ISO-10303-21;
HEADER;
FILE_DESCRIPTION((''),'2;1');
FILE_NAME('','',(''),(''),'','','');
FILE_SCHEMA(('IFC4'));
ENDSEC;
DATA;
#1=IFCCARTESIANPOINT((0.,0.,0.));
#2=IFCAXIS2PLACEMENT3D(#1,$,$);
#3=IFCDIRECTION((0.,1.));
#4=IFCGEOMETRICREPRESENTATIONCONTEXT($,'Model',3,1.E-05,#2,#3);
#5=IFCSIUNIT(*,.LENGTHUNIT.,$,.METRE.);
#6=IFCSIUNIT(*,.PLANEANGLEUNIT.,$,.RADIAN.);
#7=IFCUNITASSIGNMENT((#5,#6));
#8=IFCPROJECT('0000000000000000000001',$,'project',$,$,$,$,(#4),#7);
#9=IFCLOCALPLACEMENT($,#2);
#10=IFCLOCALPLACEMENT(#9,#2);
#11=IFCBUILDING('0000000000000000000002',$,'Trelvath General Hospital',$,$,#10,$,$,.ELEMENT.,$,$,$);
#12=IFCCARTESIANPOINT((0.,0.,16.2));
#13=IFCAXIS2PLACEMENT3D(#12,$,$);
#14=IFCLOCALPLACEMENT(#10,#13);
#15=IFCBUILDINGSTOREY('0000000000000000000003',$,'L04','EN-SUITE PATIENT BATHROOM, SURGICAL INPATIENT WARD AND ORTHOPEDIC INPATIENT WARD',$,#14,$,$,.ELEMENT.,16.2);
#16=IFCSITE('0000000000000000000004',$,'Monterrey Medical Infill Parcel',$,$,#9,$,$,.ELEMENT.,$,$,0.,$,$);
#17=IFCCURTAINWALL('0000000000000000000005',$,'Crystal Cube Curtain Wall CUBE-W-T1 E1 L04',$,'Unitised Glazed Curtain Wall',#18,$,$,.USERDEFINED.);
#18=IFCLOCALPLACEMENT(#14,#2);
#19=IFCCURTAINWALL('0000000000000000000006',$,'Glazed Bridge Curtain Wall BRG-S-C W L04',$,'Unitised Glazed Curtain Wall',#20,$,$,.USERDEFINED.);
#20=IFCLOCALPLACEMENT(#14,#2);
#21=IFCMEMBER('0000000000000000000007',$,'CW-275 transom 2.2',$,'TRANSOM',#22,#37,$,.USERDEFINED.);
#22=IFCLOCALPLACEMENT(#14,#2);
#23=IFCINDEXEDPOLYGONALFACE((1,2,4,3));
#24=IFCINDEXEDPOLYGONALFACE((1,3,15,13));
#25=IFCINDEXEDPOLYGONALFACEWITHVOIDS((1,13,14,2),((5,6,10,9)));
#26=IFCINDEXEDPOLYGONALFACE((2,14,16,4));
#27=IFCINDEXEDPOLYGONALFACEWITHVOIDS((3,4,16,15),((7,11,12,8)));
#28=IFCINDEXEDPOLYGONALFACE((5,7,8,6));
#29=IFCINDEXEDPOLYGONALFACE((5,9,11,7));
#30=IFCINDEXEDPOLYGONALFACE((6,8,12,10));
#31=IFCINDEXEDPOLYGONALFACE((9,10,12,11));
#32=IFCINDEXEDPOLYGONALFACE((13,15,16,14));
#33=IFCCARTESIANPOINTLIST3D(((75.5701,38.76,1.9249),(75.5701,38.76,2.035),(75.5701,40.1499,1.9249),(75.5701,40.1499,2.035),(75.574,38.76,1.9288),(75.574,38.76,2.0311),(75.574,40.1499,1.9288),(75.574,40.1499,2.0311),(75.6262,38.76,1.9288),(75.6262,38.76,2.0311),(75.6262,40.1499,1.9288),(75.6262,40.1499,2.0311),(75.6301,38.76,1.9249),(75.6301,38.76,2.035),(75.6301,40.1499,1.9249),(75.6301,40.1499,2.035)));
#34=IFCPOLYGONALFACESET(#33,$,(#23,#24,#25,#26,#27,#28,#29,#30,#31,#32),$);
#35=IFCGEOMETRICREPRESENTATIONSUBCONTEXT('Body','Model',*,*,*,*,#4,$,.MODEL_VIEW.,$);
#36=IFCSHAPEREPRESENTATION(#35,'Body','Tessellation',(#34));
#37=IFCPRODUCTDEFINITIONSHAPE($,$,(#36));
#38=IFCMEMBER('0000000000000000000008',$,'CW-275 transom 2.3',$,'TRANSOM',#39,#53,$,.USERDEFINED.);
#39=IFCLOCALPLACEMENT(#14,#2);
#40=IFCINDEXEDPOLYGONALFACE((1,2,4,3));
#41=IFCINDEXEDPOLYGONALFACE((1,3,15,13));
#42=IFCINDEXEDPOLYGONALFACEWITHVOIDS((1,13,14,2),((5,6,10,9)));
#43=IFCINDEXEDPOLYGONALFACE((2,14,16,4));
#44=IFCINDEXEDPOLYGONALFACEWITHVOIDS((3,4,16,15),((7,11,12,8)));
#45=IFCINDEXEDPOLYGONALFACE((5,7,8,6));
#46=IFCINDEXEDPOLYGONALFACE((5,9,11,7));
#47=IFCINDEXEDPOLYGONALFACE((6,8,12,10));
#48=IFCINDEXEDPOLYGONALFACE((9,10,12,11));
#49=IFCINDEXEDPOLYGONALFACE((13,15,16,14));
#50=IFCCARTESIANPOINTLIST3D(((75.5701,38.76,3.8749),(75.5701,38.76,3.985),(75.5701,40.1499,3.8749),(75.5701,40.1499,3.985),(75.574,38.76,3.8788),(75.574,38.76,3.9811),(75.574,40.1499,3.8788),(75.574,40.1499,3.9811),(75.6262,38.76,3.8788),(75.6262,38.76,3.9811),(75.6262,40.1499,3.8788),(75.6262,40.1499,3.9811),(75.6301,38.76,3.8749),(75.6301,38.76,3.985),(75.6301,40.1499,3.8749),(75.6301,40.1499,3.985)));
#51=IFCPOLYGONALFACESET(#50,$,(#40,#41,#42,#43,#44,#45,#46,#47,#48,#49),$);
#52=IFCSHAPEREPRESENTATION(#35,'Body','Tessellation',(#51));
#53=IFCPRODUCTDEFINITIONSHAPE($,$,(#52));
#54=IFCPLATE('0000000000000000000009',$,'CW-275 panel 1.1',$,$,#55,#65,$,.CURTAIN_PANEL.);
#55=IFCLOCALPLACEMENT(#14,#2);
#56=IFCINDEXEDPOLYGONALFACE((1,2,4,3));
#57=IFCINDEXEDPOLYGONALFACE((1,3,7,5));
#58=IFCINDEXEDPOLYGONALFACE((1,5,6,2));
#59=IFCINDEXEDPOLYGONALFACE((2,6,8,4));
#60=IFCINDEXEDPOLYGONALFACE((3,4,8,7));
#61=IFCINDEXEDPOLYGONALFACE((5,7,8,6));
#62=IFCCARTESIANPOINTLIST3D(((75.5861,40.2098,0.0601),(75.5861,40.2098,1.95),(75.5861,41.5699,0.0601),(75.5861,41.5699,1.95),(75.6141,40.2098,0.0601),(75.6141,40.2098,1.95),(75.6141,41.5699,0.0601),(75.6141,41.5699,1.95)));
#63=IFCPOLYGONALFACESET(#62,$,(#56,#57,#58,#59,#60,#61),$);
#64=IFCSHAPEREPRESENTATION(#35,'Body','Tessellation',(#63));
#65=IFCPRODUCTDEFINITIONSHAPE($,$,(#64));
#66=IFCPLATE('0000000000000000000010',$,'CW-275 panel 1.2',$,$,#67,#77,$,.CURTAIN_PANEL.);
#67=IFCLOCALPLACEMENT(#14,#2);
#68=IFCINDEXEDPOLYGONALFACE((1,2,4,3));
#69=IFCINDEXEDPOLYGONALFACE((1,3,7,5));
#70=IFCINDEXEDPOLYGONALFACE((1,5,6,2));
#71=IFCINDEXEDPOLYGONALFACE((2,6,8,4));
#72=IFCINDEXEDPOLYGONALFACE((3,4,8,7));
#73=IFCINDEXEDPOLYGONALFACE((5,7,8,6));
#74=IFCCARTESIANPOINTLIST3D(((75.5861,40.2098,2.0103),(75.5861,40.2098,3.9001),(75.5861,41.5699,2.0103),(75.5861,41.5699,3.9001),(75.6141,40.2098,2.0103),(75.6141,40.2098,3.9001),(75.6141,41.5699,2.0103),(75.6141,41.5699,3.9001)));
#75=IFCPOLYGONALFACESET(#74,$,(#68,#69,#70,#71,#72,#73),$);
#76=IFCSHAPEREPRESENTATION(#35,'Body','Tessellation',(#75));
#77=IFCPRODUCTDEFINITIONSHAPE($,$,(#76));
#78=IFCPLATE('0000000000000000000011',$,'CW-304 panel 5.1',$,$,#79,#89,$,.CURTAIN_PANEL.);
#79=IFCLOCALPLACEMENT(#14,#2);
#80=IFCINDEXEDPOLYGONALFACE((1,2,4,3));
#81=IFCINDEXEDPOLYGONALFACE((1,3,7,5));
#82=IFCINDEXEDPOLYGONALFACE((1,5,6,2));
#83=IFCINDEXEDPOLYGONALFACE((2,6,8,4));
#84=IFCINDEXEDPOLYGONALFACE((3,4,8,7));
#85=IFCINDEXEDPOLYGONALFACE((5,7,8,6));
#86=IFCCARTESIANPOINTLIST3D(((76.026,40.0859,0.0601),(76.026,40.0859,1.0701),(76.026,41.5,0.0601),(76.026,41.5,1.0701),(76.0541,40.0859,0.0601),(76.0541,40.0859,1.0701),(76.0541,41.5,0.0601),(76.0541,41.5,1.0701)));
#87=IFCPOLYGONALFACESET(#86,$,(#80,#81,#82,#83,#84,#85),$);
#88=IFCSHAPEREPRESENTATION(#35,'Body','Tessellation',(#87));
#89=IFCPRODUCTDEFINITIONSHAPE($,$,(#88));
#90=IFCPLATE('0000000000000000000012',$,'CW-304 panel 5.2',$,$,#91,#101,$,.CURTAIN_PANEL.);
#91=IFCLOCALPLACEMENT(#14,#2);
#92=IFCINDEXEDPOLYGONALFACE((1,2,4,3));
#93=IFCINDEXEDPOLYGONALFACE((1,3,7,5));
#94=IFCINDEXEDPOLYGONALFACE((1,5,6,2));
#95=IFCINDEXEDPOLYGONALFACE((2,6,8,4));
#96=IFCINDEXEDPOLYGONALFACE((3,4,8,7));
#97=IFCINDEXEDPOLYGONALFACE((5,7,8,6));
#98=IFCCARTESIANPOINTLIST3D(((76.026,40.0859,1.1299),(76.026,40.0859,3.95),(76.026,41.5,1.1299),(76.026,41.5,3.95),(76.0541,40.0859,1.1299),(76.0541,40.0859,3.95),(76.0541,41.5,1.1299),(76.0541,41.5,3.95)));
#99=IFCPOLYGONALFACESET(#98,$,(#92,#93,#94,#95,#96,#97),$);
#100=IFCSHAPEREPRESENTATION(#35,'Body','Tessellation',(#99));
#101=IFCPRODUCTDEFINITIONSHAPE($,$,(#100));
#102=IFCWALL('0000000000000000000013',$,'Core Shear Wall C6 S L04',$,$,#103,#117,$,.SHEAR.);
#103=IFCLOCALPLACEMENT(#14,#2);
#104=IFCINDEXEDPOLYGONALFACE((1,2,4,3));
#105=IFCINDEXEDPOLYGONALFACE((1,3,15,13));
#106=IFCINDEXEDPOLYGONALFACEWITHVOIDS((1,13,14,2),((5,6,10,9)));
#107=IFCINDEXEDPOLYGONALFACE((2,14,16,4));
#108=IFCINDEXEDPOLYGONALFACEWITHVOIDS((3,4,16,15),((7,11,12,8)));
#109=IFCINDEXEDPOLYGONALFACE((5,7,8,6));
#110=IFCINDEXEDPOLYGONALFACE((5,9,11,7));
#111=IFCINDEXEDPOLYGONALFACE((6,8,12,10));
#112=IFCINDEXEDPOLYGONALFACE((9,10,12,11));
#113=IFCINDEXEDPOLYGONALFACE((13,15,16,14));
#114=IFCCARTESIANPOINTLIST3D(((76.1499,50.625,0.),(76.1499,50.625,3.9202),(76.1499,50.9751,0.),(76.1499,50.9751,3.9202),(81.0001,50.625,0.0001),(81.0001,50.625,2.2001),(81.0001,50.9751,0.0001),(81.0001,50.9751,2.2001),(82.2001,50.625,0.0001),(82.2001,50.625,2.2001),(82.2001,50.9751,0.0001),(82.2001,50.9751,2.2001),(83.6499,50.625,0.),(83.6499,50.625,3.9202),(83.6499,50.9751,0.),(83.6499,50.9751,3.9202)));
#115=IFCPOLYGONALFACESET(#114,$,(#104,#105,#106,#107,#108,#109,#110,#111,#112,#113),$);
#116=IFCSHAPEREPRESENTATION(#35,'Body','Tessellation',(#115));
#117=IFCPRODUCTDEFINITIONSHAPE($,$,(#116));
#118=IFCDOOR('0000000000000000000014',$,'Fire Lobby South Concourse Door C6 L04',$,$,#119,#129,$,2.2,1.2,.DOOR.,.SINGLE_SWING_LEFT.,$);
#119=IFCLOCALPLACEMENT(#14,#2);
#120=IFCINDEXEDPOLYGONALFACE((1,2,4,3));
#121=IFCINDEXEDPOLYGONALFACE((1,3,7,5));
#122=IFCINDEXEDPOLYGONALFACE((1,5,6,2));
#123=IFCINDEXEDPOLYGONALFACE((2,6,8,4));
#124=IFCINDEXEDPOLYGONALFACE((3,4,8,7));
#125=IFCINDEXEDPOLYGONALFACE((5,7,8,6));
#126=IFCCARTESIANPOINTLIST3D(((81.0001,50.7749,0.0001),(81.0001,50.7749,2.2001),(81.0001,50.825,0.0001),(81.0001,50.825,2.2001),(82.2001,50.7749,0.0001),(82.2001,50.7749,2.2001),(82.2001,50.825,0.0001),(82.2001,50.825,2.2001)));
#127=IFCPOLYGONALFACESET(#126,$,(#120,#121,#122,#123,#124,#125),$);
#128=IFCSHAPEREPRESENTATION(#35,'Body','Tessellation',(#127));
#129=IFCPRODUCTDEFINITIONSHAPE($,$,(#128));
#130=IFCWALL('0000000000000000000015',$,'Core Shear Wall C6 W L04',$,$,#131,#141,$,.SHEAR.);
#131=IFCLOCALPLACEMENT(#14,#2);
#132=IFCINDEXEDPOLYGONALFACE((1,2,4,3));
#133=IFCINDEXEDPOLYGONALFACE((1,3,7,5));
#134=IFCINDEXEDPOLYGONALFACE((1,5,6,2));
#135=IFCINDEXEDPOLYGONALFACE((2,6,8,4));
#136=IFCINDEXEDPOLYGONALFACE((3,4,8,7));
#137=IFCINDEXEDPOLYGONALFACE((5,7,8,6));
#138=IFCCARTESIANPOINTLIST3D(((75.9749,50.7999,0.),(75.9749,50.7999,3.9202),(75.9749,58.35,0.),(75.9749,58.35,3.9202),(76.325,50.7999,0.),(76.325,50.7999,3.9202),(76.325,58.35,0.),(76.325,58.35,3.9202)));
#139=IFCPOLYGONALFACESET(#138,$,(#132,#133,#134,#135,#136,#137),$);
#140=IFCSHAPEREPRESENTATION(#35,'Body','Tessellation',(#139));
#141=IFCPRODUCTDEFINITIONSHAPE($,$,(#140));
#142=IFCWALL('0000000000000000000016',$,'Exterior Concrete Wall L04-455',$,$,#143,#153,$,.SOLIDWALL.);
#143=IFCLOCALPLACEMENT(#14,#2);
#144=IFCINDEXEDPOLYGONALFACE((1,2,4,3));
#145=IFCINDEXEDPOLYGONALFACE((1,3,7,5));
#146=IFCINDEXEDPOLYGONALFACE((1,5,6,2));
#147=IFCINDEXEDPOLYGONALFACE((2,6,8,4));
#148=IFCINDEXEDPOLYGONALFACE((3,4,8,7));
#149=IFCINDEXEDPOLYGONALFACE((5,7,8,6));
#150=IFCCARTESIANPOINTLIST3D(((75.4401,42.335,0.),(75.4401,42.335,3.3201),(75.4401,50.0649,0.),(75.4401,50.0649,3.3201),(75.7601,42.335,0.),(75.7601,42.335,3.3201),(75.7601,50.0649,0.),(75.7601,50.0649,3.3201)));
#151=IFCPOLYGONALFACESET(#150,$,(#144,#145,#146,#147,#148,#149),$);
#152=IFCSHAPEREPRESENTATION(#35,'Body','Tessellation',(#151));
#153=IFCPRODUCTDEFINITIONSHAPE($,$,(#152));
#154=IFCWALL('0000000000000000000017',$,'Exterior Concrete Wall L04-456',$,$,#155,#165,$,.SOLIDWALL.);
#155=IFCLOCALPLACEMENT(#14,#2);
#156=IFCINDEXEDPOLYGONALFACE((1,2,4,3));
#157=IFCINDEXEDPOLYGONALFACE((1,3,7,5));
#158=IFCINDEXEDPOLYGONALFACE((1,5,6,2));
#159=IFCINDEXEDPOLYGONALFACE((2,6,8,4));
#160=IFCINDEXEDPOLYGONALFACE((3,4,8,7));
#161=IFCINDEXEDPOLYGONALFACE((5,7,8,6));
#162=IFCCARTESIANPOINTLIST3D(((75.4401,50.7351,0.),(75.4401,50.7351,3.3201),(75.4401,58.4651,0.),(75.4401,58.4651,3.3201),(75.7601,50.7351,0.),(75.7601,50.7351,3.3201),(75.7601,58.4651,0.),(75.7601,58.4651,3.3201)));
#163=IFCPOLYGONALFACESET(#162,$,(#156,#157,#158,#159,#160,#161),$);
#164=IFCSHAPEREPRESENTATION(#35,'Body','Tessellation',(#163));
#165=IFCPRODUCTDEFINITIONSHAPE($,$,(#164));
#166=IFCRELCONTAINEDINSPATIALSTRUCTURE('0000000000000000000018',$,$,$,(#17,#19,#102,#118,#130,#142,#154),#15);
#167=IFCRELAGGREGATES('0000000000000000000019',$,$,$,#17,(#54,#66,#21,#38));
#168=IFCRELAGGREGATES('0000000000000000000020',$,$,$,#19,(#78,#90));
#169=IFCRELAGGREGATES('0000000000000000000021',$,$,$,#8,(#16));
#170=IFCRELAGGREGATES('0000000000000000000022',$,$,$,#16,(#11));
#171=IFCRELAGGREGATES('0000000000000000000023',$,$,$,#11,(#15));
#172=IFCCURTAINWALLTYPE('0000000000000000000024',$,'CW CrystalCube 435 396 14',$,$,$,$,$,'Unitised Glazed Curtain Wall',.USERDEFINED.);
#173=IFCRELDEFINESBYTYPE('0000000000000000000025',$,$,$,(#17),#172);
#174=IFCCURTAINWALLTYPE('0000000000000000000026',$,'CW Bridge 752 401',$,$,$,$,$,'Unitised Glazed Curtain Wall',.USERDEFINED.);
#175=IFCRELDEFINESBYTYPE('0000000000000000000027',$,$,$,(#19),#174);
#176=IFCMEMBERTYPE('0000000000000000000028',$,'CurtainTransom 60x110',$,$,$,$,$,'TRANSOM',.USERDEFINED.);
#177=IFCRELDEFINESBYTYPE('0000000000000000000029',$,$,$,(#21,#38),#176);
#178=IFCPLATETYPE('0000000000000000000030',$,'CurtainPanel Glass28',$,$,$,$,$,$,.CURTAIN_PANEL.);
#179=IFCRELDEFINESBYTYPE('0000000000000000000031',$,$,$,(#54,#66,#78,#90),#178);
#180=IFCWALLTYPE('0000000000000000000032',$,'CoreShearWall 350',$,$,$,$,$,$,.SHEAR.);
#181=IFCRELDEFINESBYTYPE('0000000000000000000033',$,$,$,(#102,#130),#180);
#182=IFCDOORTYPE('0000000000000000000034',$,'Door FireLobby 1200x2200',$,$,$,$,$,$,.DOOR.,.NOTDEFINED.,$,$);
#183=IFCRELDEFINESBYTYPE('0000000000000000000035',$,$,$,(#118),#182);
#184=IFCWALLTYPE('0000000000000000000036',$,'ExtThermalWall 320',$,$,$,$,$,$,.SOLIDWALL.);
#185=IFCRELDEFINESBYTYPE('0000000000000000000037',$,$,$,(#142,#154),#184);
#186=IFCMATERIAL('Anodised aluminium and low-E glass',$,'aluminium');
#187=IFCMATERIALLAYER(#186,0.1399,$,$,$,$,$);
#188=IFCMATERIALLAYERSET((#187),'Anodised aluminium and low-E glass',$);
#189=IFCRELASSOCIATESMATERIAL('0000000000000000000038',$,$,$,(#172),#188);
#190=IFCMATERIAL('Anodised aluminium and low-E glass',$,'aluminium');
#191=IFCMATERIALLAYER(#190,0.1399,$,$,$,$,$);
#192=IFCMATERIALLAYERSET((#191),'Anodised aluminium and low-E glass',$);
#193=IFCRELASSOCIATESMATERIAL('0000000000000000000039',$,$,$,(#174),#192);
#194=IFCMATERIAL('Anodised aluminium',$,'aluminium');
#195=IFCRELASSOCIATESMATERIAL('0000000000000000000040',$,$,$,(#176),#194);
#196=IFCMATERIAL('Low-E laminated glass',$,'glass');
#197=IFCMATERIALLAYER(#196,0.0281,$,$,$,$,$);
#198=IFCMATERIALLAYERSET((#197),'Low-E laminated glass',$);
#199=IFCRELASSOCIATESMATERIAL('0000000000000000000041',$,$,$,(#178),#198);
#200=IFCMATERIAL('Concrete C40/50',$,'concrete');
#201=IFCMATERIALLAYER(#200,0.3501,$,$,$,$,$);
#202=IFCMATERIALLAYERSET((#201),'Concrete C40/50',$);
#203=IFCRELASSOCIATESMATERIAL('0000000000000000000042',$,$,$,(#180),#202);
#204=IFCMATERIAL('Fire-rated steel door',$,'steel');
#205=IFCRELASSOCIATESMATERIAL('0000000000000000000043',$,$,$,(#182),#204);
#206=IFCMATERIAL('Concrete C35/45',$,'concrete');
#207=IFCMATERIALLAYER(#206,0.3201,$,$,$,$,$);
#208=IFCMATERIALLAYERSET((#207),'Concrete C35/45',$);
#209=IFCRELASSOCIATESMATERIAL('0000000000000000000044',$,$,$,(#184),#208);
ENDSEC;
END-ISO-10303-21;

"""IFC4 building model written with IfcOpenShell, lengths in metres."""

from ifc_helpers import new_model, si_unit, direction, frame, frame_2d, origin, origin_2d, place, context, subcontext, project, spatial, rectangle, hollow_rectangle, extrude, material, layer, layer_set, material_profile, profile_set, type_object, element, fill, aggregate, save


model = new_model("IFC4")

# Units and contexts
model_context = context("Model", 3, precision=1e-05, world=origin(), true_north=direction((0.0, 1.0)))
body_context = subcontext(model_context, "Body", "Model", "MODEL_VIEW")
ifc_project = project(units=[si_unit("LENGTHUNIT", "METRE"), si_unit("PLANEANGLEUNIT", "RADIAN")], contexts=[model_context])

# Site, building, storey
site_placement = place(None, origin())
site = spatial("IfcSite", under=ifc_project, at=site_placement, Name="Monterrey Medical Infill Parcel", CompositionType="ELEMENT", RefElevation=0.0)
building_placement = place(site_placement, origin())
building = spatial("IfcBuilding", under=site, at=building_placement, Name="Trelvath General Hospital", CompositionType="ELEMENT")
storey_placement = place(building_placement, frame((0.0, 0.0, 16.2)))
storey = spatial("IfcBuildingStorey", under=building, at=storey_placement, Name="L04", Description="EN-SUITE PATIENT BATHROOM, SURGICAL INPATIENT WARD AND ORTHOPEDIC INPATIENT WARD", CompositionType="ELEMENT", Elevation=16.2)

# Curtain wall
ifc_material_1 = material(Name="Anodised aluminium and low-E glass", Category="aluminium")
ifc_layer_1 = layer(ifc_material_1, 0.1399)
ifc_layer_set_1 = layer_set([ifc_layer_1], Name="Anodised aluminium and low-E glass")
curtain_wall_type_1 = type_object("IfcCurtainWallType", Name="CW CrystalCube 435 396 14", ElementType="Unitised Glazed Curtain Wall", PredefinedType="USERDEFINED", material=ifc_layer_set_1)
curtain_wall_1_placement = place(storey_placement, origin())
curtain_wall_1 = element("IfcCurtainWall", 1, at=curtain_wall_1_placement, inside=storey, type_object=curtain_wall_type_1, Name="Crystal Cube Curtain Wall CUBE-W-T1 E1 L04", ObjectType="Unitised Glazed Curtain Wall", PredefinedType="USERDEFINED")

# Curtain wall
ifc_material_2 = material(Name="Anodised aluminium and low-E glass", Category="aluminium")
ifc_layer_2 = layer(ifc_material_2, 0.1399)
ifc_layer_set_2 = layer_set([ifc_layer_2], Name="Anodised aluminium and low-E glass")
curtain_wall_type_2 = type_object("IfcCurtainWallType", Name="CW Bridge 752 401", ElementType="Unitised Glazed Curtain Wall", PredefinedType="USERDEFINED", material=ifc_layer_set_2)
curtain_wall_2_placement = place(storey_placement, origin())
curtain_wall_2 = element("IfcCurtainWall", 2, at=curtain_wall_2_placement, inside=storey, type_object=curtain_wall_type_2, Name="Glazed Bridge Curtain Wall BRG-S-C W L04", ObjectType="Unitised Glazed Curtain Wall", PredefinedType="USERDEFINED")

# Members
ifc_material_3 = material(Name="Anodised aluminium", Category="aluminium")
ifc_material_profile_1 = material_profile(ifc_material_3, hollow_rectangle(XDim=0.0601, YDim=0.1101, WallThickness=0.0039, at=origin_2d()), Name="RHS60x110x4")
ifc_profile_set_1 = profile_set([ifc_material_profile_1], Name="Anodised aluminium")
member_type_1 = type_object("IfcMemberType", Name="CurtainTransom 60x110", ElementType="TRANSOM", PredefinedType="USERDEFINED", material=ifc_profile_set_1)
member_1_placement = place(storey_placement, frame((75.6001, 40.1499, 1.98), z_axis=(0.0, -1.0, 0.0), x_axis=(1.0, 0.0, 0.0)))
member_1 = element("IfcMember", 3, at=member_1_placement, type_object=member_type_1, Name="CW-275 transom 2.2", ObjectType="TRANSOM", PredefinedType="USERDEFINED", context=body_context, shape_type="SweptSolid", body=[
    extrude(hollow_rectangle(XDim=0.0601, YDim=0.1101, WallThickness=0.0039, at=origin_2d()), origin(), (0.0, 0.0, 1.0), 1.3899),
])
member_2_placement = place(storey_placement, frame((75.6001, 40.1499, 3.9299), z_axis=(0.0, -1.0, 0.0), x_axis=(1.0, 0.0, 0.0)))
member_2 = element("IfcMember", 4, at=member_2_placement, type_object=member_type_1, Name="CW-275 transom 2.3", ObjectType="TRANSOM", PredefinedType="USERDEFINED", context=body_context, shape_type="SweptSolid", body=[
    extrude(hollow_rectangle(XDim=0.0601, YDim=0.1101, WallThickness=0.0039, at=origin_2d()), origin(), (0.0, 0.0, 1.0), 1.3899),
])

# Plates
ifc_material_4 = material(Name="Low-E laminated glass", Category="glass")
ifc_layer_3 = layer(ifc_material_4, 0.0281)
ifc_layer_set_3 = layer_set([ifc_layer_3], Name="Low-E laminated glass")
plate_type = type_object("IfcPlateType", Name="CurtainPanel Glass28", PredefinedType="CURTAIN_PANEL", material=ifc_layer_set_3)
plate_1_placement = place(storey_placement, frame((75.6001, 40.8899, 0.0601), z_axis=(0.0, 0.0, 1.0), x_axis=(0.0, -1.0, 0.0)))
plate_1 = element("IfcPlate", 5, at=plate_1_placement, type_object=plate_type, Name="CW-275 panel 1.1", PredefinedType="CURTAIN_PANEL", context=body_context, shape_type="SweptSolid", body=[
    extrude(rectangle(XDim=1.3601, YDim=0.0281, at=origin_2d()), origin(), (0.0, 0.0, 1.0), 1.8899),
])
plate_2_placement = place(storey_placement, frame((75.6001, 40.8899, 2.0103), z_axis=(0.0, 0.0, 1.0), x_axis=(0.0, -1.0, 0.0)))
plate_2 = element("IfcPlate", 6, at=plate_2_placement, type_object=plate_type, Name="CW-275 panel 1.2", PredefinedType="CURTAIN_PANEL", context=body_context, shape_type="SweptSolid", body=[
    extrude(rectangle(XDim=1.3601, YDim=0.0281, at=origin_2d()), origin(), (0.0, 0.0, 1.0), 1.8899),
])
aggregate(curtain_wall_1, [plate_1, plate_2, member_1, member_2])
plate_3_placement = place(storey_placement, frame((76.04, 40.793, 0.0601), z_axis=(0.0, 0.0, 1.0), x_axis=(0.0, 1.0, 0.0)))
plate_3 = element("IfcPlate", 7, at=plate_3_placement, type_object=plate_type, Name="CW-304 panel 5.1", PredefinedType="CURTAIN_PANEL", context=body_context, shape_type="SweptSolid", body=[
    extrude(rectangle(XDim=1.4141, YDim=0.0281, at=origin_2d()), origin(), (0.0, 0.0, 1.0), 1.01),
])
plate_4_placement = place(storey_placement, frame((76.04, 40.793, 1.1299), z_axis=(0.0, 0.0, 1.0), x_axis=(0.0, 1.0, 0.0)))
plate_4 = element("IfcPlate", 8, at=plate_4_placement, type_object=plate_type, Name="CW-304 panel 5.2", PredefinedType="CURTAIN_PANEL", context=body_context, shape_type="SweptSolid", body=[
    extrude(rectangle(XDim=1.4141, YDim=0.0281, at=origin_2d()), origin(), (0.0, 0.0, 1.0), 2.8201),
])
aggregate(curtain_wall_2, [plate_3, plate_4])

# Wall, opening, door
ifc_material_5 = material(Name="Concrete C40/50", Category="concrete")
ifc_layer_4 = layer(ifc_material_5, 0.3501)
ifc_layer_set_4 = layer_set([ifc_layer_4], Name="Concrete C40/50")
wall_type_1 = type_object("IfcWallType", Name="CoreShearWall 350", PredefinedType="SHEAR", material=ifc_layer_set_4)
wall_1_placement = place(storey_placement, frame((76.1499, 50.8, 0.0), z_axis=(0.0, 0.0, 1.0), x_axis=(1.0, 0.0, 0.0)))
wall_1 = element("IfcWall", 9, at=wall_1_placement, inside=storey, type_object=wall_type_1, Name="Core Shear Wall C6 S L04", PredefinedType="SHEAR", context=body_context, shape_type="SweptSolid", body=[
    extrude(rectangle(XDim=7.5, YDim=0.3501, at=frame_2d((3.75, 0.0))), origin(), (0.0, 0.0, 1.0), 3.9202),
])
opening_placement = place(wall_1_placement, frame((4.8501, 0.0, 0.0)))
opening = element("IfcOpeningElement", 10, at=opening_placement, cuts=wall_1, PredefinedType="OPENING", context=body_context, shape_type="SweptSolid", body=[
    extrude(rectangle(XDim=1.2, YDim=2.2, at=frame_2d((0.6001, 1.1001))), frame((0.0, 0.1851, 0.0), z_axis=(0.0, -1.0, 0.0), x_axis=(1.0, 0.0, 0.0)), (0.0, 0.0, 1.0), 0.3701),
])
ifc_material_6 = material(Name="Fire-rated steel door", Category="steel")
door_type = type_object("IfcDoorType", Name="Door FireLobby 1200x2200", OperationType="NOTDEFINED", PredefinedType="DOOR", material=ifc_material_6)
door_placement = place(opening_placement, origin())
door = element("IfcDoor", 11, at=door_placement, inside=storey, type_object=door_type, Name="Fire Lobby South Concourse Door C6 L04", OperationType="SINGLE_SWING_LEFT", OverallHeight=2.2, OverallWidth=1.2, PredefinedType="DOOR", context=body_context, shape_type="SweptSolid", body=[
    extrude(rectangle(XDim=1.2, YDim=2.2, at=frame_2d((0.6001, 1.1001))), frame((0.0, 0.0249, 0.0), z_axis=(0.0, -1.0, 0.0), x_axis=(1.0, 0.0, 0.0)), (0.0, 0.0, 1.0), 0.05),
])
fill(opening, door)

# Walls
wall_2_placement = place(storey_placement, frame((76.1499, 50.8, 0.0), z_axis=(0.0, 0.0, 1.0), x_axis=(0.0, 1.0, 0.0)))
element("IfcWall", 12, at=wall_2_placement, inside=storey, type_object=wall_type_1, Name="Core Shear Wall C6 W L04", PredefinedType="SHEAR", context=body_context, shape_type="SweptSolid", body=[
    extrude(rectangle(XDim=7.55, YDim=0.3501, at=frame_2d((3.7749, 0.0))), origin(), (0.0, 0.0, 1.0), 3.9202),
])
ifc_material_7 = material(Name="Concrete C35/45", Category="concrete")
ifc_layer_5 = layer(ifc_material_7, 0.3201)
ifc_layer_set_5 = layer_set([ifc_layer_5], Name="Concrete C35/45")
wall_type_2 = type_object("IfcWallType", Name="ExtThermalWall 320", PredefinedType="SOLIDWALL", material=ifc_layer_set_5)
for number, where, z_axis, x_axis, name in (
    (13, (75.6001, 42.335, 0.0), (0.0, 0.0, 1.0), (0.0, 1.0, 0.0), "Exterior Concrete Wall L04-455"),
    (14, (75.6001, 50.7351, 0.0), (0.0, 0.0, 1.0), (0.0, 1.0, 0.0), "Exterior Concrete Wall L04-456"),
):
    element("IfcWall", number, at=place(storey_placement, frame(where, z_axis=z_axis, x_axis=x_axis)), inside=storey, type_object=wall_type_2, Name=name, PredefinedType="SOLIDWALL", context=body_context, shape_type="SweptSolid", body=[
        extrude(rectangle(XDim=7.73, YDim=0.3201, at=frame_2d((3.865, 0.0))), origin(), (0.0, 0.0, 1.0), 3.3201),
    ])

save(model, "model.ifc")
